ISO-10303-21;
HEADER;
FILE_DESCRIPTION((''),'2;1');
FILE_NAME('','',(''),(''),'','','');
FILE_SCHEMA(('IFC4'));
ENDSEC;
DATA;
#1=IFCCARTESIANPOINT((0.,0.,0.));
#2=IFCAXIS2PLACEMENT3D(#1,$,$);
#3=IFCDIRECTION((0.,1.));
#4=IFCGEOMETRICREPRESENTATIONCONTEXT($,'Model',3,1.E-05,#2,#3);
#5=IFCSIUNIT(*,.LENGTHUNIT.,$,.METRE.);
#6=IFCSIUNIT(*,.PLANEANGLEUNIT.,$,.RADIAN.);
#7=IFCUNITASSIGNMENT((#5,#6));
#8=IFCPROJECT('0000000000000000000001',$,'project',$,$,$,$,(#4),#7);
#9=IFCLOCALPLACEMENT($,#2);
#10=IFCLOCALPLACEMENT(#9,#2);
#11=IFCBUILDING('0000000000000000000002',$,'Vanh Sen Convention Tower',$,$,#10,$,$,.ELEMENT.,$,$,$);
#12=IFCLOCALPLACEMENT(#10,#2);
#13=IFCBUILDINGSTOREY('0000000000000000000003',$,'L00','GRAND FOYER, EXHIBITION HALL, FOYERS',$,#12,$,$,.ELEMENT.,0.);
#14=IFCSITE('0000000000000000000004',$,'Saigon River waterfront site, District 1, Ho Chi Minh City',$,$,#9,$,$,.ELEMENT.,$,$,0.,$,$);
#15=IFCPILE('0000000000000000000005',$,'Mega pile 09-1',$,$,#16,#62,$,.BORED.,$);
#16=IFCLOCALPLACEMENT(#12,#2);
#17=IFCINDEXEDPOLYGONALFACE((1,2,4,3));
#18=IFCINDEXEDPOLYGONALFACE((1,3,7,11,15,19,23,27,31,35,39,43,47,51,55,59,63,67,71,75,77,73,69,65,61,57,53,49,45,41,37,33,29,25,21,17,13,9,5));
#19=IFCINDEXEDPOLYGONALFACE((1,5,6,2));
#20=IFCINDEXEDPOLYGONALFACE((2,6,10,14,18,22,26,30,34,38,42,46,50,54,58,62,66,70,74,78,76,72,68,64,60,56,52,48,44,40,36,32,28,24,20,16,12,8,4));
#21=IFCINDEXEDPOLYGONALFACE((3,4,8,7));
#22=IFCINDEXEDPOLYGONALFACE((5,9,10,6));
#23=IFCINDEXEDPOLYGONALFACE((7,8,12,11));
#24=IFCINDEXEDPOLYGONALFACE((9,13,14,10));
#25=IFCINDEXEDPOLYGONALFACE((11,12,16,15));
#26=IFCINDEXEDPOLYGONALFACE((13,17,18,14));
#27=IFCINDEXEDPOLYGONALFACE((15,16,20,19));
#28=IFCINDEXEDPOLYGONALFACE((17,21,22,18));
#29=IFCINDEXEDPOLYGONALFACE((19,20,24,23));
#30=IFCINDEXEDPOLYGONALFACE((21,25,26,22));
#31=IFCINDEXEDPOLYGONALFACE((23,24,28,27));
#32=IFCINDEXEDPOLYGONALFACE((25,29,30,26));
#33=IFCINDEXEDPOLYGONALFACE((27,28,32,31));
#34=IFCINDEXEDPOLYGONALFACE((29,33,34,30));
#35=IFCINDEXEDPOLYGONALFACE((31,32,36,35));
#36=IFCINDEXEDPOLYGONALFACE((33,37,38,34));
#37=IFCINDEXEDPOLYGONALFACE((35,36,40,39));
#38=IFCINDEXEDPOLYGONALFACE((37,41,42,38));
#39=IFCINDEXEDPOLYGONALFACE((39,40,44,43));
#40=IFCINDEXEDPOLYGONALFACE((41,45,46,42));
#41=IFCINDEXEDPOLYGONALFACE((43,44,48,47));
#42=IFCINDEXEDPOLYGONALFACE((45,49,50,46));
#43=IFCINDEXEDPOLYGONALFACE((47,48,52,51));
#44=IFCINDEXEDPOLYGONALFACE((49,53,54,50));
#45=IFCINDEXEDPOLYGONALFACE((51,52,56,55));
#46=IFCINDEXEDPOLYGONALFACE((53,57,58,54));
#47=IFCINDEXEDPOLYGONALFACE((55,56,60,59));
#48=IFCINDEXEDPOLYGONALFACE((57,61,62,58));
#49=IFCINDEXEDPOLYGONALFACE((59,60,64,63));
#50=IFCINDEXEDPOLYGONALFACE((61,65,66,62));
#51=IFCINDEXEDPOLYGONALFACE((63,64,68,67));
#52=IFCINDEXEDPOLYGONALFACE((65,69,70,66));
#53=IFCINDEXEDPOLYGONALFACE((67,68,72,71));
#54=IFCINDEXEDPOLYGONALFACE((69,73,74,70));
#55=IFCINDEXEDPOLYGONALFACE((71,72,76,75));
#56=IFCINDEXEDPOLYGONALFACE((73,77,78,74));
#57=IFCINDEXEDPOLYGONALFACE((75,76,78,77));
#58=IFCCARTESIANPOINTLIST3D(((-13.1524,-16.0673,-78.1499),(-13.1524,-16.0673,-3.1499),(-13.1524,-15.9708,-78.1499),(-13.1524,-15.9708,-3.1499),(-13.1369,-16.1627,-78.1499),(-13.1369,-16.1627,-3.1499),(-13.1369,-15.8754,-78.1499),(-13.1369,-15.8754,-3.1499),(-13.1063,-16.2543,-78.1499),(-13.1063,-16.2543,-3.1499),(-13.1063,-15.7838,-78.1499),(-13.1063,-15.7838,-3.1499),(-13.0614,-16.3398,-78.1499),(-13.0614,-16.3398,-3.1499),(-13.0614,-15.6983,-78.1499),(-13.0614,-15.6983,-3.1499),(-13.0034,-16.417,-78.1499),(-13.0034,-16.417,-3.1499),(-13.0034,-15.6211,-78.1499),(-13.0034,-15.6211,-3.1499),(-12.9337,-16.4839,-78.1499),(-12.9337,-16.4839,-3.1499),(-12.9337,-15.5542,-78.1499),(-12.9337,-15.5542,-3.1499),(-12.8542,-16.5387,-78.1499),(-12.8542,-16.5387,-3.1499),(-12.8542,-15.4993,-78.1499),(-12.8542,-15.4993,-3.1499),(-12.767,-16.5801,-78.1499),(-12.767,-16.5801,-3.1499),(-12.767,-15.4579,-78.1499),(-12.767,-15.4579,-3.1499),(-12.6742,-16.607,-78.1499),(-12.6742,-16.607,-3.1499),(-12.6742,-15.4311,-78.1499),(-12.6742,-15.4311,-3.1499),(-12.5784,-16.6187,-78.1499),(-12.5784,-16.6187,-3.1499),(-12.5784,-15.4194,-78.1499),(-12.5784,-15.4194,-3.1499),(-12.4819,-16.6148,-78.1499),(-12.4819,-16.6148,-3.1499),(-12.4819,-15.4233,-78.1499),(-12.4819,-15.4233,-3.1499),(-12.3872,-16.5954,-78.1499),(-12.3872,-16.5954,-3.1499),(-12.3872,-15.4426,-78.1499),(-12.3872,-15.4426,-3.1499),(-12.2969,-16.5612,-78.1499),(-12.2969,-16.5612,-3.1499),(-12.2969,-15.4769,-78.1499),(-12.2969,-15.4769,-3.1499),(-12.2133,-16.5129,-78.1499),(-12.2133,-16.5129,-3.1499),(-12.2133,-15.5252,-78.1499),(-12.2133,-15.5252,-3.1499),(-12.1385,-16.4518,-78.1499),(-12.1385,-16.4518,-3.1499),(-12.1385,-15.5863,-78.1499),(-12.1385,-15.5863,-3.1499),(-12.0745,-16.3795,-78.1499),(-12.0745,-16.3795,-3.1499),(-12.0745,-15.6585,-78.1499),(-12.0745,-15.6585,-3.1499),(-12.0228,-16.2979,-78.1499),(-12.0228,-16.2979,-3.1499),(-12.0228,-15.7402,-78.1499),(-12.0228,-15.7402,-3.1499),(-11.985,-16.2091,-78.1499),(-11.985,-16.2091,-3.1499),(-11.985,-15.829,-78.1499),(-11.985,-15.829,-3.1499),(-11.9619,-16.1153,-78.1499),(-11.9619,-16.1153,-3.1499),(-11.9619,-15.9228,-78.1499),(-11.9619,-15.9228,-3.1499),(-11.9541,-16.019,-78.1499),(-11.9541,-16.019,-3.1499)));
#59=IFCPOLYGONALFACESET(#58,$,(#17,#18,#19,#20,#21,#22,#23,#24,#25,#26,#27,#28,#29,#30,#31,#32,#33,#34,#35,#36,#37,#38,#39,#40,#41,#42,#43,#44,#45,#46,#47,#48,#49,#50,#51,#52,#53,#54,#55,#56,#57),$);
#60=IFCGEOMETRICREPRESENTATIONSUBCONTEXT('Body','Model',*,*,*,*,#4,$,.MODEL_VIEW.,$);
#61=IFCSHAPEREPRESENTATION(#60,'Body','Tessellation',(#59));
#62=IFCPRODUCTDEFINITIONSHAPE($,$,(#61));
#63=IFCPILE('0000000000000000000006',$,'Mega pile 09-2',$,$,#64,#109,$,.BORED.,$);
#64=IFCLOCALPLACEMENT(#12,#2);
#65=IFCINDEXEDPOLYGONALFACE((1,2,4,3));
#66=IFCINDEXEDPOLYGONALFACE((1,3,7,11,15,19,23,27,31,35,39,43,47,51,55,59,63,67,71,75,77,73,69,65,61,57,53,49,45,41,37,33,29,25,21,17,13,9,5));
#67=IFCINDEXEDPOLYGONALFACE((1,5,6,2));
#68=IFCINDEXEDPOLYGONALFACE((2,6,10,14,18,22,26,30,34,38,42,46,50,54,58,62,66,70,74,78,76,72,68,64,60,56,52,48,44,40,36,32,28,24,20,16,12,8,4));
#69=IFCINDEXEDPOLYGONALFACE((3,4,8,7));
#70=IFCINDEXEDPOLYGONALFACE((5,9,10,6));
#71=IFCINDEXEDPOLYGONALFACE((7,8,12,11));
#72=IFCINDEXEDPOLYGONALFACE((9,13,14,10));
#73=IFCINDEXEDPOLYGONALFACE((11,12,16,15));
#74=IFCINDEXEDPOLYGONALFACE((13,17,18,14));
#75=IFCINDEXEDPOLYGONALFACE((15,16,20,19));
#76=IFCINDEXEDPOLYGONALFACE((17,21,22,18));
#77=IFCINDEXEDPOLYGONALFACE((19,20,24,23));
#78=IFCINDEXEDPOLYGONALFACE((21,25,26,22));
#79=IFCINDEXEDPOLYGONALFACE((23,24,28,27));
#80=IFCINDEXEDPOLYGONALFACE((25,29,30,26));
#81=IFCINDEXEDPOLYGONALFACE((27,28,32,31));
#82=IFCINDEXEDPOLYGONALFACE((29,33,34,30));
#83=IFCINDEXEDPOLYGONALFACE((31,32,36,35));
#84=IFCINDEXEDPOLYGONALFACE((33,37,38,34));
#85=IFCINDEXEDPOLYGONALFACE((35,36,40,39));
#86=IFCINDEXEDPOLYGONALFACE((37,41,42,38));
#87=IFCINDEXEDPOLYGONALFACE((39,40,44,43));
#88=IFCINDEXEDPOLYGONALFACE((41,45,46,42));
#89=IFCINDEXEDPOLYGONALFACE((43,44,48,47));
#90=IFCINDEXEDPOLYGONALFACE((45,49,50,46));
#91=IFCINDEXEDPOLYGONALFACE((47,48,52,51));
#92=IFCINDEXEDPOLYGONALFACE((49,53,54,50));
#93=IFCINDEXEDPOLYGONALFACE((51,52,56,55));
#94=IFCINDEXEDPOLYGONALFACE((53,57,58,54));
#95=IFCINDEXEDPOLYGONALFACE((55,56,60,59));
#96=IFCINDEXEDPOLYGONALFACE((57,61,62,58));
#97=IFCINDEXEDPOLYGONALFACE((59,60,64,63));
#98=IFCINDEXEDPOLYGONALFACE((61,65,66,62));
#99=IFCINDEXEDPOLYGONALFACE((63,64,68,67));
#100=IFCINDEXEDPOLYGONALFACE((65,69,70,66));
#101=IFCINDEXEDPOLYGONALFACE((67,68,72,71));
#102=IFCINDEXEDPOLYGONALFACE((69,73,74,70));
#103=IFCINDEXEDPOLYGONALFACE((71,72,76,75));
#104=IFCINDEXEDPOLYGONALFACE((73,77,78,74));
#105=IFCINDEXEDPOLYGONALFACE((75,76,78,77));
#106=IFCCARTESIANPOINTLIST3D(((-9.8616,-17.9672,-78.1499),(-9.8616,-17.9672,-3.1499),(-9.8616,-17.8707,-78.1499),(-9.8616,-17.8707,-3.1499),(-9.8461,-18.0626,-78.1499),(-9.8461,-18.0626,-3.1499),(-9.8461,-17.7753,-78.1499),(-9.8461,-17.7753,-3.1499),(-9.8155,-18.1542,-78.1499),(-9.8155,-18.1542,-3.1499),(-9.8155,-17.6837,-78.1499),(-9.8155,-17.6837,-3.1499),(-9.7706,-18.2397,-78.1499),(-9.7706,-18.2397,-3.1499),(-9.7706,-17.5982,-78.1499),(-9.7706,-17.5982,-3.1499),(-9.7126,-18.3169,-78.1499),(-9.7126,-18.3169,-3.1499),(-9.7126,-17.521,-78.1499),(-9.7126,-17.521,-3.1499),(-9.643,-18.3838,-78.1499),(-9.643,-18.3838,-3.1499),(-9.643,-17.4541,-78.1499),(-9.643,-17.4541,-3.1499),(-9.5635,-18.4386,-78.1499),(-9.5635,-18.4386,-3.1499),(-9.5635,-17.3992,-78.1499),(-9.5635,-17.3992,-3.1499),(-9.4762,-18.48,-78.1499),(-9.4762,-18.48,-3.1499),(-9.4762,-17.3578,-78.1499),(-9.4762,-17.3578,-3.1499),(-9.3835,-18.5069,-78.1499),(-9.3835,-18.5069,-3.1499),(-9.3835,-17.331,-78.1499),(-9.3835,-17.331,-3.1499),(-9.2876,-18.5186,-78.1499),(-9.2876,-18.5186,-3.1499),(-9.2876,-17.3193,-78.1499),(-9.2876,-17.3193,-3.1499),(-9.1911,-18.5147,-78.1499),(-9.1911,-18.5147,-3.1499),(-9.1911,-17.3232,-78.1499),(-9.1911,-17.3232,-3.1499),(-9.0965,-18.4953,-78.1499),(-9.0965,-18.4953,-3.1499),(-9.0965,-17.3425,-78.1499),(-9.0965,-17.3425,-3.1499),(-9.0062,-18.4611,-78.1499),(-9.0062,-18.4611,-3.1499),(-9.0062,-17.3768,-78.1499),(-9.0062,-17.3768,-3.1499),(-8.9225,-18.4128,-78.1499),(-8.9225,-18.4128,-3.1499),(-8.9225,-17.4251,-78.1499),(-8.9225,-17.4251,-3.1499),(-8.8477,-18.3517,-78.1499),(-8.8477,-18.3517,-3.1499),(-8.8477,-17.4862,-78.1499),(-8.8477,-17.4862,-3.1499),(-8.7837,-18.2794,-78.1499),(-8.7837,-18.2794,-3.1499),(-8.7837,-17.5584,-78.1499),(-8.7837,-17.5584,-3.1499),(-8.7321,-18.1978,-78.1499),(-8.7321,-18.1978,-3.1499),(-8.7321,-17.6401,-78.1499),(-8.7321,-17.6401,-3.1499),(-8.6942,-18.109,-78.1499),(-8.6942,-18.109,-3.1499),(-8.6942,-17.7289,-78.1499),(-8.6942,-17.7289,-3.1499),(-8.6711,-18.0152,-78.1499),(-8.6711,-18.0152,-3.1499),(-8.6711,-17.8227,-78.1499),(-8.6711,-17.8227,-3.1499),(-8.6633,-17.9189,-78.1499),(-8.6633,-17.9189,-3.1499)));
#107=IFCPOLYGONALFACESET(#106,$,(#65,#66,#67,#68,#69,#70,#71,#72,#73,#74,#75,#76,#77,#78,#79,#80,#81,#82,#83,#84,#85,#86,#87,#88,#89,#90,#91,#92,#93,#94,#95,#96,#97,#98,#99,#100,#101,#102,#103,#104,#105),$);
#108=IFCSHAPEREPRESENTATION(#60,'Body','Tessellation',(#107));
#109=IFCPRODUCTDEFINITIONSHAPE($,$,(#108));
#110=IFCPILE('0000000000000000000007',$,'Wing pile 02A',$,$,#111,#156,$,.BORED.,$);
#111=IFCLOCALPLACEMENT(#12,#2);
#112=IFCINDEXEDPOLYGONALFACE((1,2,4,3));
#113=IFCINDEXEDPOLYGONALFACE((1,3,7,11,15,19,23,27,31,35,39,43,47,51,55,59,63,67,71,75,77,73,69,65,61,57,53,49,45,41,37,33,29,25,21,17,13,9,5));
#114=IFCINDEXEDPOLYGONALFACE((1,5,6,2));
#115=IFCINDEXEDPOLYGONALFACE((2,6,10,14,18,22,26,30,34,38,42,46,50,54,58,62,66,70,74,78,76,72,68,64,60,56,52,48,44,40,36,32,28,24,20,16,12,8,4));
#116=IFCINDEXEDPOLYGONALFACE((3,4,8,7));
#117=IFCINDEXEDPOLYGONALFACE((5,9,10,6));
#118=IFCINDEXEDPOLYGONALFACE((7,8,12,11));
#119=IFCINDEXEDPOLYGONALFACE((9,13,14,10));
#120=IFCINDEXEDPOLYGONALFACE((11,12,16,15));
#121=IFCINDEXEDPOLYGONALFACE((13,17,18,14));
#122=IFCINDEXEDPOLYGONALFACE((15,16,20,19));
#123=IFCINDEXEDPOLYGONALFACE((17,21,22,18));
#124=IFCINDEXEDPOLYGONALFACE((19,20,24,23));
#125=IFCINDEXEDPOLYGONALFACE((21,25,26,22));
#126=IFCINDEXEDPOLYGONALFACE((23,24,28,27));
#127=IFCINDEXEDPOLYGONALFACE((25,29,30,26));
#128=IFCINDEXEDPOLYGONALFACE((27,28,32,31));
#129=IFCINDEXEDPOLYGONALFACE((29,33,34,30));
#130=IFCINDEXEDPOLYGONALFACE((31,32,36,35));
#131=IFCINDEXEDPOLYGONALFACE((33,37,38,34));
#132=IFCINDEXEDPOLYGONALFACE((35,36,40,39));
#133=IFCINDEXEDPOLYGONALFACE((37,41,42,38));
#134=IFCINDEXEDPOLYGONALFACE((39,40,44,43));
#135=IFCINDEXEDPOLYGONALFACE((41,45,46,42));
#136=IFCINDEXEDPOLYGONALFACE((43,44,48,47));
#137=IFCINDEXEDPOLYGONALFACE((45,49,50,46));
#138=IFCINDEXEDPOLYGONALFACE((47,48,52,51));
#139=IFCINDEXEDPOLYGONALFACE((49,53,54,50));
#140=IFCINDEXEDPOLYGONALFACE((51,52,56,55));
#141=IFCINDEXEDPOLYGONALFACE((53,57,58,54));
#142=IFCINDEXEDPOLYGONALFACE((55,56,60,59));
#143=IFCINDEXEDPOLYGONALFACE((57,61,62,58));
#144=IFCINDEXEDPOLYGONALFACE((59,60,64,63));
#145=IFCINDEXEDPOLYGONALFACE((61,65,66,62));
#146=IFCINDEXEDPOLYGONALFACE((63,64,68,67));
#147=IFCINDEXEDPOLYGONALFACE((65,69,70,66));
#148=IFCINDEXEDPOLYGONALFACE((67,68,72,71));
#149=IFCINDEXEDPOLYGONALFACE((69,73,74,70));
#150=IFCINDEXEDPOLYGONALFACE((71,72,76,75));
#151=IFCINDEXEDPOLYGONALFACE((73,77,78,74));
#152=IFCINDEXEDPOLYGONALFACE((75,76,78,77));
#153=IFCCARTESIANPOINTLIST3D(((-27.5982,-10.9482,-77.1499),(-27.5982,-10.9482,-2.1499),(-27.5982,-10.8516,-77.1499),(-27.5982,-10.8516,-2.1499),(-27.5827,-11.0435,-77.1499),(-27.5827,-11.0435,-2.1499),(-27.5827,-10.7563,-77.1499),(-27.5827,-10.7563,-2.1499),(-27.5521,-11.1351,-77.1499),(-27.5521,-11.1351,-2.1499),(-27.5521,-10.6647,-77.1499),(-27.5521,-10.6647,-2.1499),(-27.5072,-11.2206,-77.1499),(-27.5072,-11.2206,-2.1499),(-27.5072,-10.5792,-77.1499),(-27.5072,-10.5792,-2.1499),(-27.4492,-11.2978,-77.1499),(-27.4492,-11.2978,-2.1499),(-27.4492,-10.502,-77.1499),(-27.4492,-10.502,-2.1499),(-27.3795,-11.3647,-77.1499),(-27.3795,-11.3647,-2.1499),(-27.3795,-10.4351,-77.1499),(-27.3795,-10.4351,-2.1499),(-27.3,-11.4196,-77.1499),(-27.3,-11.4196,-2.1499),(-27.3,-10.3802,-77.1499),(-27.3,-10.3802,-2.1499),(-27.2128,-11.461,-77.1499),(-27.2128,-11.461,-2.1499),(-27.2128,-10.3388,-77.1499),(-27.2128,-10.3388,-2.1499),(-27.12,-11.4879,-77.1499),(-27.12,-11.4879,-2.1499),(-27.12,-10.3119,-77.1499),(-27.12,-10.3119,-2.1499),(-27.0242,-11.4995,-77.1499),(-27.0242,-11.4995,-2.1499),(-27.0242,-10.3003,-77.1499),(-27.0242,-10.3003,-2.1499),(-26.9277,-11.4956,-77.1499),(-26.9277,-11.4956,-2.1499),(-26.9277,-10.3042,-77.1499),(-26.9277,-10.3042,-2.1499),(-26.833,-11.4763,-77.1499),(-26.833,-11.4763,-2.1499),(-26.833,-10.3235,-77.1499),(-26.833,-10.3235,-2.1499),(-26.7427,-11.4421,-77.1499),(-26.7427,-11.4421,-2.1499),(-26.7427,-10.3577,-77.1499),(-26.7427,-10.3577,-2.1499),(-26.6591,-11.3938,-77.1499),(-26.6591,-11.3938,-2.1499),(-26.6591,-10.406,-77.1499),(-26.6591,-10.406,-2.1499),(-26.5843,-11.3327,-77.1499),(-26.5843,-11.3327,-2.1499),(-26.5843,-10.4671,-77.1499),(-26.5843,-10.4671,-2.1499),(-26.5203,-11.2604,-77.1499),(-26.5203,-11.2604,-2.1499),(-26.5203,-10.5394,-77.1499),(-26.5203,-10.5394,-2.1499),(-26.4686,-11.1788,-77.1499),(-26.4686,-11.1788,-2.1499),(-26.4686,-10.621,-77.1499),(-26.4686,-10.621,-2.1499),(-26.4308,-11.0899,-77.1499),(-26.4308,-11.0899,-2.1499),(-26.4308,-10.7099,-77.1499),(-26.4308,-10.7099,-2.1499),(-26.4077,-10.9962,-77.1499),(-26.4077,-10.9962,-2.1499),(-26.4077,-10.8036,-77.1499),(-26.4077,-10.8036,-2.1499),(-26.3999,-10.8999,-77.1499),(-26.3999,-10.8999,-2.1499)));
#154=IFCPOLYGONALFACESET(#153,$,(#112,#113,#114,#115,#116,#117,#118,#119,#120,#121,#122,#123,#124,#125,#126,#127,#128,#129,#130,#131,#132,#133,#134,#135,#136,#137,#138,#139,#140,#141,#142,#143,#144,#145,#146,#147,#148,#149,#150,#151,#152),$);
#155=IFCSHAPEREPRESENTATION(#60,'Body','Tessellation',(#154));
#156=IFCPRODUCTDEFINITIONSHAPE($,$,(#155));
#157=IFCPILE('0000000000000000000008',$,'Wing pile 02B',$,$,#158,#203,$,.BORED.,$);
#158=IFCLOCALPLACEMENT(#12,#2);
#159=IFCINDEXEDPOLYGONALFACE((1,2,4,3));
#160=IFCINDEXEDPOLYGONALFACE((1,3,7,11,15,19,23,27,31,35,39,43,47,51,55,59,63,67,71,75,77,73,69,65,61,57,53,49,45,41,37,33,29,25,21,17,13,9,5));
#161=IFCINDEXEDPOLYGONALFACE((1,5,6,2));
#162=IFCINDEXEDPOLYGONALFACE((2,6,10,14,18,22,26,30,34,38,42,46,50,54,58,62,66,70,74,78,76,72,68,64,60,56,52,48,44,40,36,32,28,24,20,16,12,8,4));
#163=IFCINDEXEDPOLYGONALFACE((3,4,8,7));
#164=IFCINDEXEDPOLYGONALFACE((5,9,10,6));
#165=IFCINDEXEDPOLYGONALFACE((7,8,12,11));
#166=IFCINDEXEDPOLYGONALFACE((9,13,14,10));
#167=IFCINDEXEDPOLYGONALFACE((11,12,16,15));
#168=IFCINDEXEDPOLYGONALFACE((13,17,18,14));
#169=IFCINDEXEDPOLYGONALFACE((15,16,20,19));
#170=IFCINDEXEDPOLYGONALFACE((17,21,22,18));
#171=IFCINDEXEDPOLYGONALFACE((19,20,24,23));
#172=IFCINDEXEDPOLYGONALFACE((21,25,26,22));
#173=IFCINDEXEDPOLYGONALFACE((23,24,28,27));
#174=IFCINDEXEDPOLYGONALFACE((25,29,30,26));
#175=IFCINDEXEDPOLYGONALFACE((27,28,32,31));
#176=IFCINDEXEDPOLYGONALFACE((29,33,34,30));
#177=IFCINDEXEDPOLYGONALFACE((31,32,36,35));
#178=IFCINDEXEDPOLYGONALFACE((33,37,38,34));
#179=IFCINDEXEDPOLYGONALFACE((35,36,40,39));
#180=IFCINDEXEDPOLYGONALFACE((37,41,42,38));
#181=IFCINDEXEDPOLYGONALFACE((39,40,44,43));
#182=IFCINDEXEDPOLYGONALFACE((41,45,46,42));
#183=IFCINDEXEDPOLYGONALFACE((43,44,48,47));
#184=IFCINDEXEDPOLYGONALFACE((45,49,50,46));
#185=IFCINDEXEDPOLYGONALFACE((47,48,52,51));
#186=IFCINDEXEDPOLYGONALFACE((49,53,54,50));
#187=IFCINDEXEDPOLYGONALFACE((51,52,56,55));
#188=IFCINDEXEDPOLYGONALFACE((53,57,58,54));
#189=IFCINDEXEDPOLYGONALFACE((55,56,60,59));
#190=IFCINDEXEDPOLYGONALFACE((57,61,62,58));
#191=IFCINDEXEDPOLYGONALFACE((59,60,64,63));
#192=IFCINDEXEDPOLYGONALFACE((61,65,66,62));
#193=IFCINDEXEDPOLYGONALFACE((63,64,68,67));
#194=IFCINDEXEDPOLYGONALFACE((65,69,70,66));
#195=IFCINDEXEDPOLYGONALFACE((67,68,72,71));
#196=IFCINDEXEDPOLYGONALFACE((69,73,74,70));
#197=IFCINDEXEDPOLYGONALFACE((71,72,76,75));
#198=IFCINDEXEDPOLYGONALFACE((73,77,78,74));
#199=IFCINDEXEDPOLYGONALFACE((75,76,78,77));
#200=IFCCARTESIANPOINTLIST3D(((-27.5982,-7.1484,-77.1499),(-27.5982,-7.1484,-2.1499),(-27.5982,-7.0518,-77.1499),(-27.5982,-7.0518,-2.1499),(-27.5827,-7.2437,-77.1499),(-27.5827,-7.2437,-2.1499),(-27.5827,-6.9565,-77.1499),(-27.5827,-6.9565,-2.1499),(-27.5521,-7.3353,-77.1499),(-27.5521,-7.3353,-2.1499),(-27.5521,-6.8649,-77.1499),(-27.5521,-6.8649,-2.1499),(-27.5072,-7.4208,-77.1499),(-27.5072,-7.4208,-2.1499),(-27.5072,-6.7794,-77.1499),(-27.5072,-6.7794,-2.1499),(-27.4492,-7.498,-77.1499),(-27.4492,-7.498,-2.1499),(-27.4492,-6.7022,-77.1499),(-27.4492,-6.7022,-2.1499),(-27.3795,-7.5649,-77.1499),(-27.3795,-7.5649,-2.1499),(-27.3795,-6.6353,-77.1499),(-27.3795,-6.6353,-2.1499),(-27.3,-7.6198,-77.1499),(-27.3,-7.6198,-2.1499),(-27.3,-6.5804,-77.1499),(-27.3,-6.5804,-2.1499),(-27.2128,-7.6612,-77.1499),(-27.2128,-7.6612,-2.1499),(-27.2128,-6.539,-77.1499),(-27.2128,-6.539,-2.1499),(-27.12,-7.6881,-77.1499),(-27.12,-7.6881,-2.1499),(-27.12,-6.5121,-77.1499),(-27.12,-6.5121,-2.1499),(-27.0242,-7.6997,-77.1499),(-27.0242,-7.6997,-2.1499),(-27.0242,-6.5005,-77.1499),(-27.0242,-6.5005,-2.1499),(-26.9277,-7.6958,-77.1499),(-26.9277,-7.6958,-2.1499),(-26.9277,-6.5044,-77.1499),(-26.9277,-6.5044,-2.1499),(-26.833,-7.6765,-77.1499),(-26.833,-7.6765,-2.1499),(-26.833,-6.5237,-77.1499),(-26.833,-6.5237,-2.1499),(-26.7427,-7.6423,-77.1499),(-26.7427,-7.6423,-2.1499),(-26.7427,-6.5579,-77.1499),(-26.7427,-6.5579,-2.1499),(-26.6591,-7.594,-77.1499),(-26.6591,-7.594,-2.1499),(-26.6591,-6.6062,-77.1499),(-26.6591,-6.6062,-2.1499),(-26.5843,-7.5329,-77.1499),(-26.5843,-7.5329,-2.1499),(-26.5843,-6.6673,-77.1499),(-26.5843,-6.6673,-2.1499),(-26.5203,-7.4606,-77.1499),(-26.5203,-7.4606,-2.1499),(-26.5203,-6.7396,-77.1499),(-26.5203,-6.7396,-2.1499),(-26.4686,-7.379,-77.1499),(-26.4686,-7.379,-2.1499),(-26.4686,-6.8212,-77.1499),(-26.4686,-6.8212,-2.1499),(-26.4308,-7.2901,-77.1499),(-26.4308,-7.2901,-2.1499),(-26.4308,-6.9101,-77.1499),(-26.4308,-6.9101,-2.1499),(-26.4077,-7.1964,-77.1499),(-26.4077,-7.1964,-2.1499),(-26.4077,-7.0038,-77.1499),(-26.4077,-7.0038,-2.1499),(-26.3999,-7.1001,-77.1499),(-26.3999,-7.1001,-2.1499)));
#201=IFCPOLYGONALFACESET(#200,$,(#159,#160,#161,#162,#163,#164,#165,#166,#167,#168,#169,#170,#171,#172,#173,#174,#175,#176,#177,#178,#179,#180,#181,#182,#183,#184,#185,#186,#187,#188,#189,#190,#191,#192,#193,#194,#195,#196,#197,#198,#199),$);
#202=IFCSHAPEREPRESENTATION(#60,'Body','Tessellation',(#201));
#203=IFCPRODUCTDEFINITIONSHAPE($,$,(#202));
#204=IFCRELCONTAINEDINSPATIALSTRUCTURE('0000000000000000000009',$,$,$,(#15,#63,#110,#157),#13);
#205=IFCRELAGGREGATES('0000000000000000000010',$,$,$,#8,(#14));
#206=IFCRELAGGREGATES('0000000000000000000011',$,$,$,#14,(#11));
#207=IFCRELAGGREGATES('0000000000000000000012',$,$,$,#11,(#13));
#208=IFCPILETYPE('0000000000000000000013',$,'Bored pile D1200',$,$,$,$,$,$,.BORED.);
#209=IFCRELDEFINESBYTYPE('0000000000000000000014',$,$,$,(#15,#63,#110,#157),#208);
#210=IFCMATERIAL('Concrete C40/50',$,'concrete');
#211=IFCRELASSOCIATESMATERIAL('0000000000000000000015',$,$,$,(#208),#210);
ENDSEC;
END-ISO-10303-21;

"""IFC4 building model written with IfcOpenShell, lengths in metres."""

from ifc_helpers import new_model, si_unit, direction, frame, origin, origin_2d, place, context, subcontext, project, spatial, circle, extrude, material, material_profile, profile_set, type_object, element, save


model = new_model("IFC4")

# Units and contexts
model_context = context("Model", 3, precision=1e-05, world=origin(), true_north=direction((0.0, 1.0)))
body_context = subcontext(model_context, "Body", "Model", "MODEL_VIEW")
ifc_project = project(units=[si_unit("LENGTHUNIT", "METRE"), si_unit("PLANEANGLEUNIT", "RADIAN")], contexts=[model_context])

# Site, building, storey
site_placement = place(None, origin())
site = spatial("IfcSite", under=ifc_project, at=site_placement, Name="Saigon River waterfront site, District 1, Ho Chi Minh City", CompositionType="ELEMENT", RefElevation=0.0)
building_placement = place(site_placement, origin())
building = spatial("IfcBuilding", under=site, at=building_placement, Name="Vanh Sen Convention Tower", CompositionType="ELEMENT")
storey_placement = place(building_placement, origin())
storey = spatial("IfcBuildingStorey", under=building, at=storey_placement, Name="L00", Description="GRAND FOYER, EXHIBITION HALL, FOYERS", CompositionType="ELEMENT", Elevation=0.0)

# Piles
ifc_material_1 = material(Name="Concrete C40/50", Category="concrete")
ifc_material_profile_1 = material_profile(ifc_material_1, circle(Radius=0.6001, at=origin_2d()), Name="Bored pile D1200")
ifc_profile_set_1 = profile_set([ifc_material_profile_1], Name="Concrete C40/50")
pile_type_1 = type_object("IfcPileType", Name="Bored pile D1200", PredefinedType="BORED", material=ifc_profile_set_1)
for number, where, z_axis, x_axis, name in (
    (1, (-12.5542, -16.019, -3.1499), (0.0, 0.0, -1.0), (1.0, 0.0, 0.0), "Mega pile 09-1"),
    (2, (-9.2634, -17.9189, -3.1499), (0.0, 0.0, -1.0), (1.0, 0.0, 0.0), "Mega pile 09-2"),
    (3, (-27.0, -10.8999, -2.1499), (0.0, 0.0, -1.0), (1.0, 0.0, 0.0), "Wing pile 02A"),
    (4, (-27.0, -7.1001, -2.1499), (0.0, 0.0, -1.0), (1.0, 0.0, 0.0), "Wing pile 02B"),
):
    element("IfcPile", number, at=place(storey_placement, frame(where, z_axis=z_axis, x_axis=x_axis)), inside=storey, type_object=pile_type_1, Name=name, PredefinedType="BORED", context=body_context, shape_type="SweptSolid", body=[
        extrude(circle(Radius=0.6001, at=origin_2d()), origin(), (0.0, 0.0, 1.0), 75.0),
    ])

save(model, "model.ifc")
